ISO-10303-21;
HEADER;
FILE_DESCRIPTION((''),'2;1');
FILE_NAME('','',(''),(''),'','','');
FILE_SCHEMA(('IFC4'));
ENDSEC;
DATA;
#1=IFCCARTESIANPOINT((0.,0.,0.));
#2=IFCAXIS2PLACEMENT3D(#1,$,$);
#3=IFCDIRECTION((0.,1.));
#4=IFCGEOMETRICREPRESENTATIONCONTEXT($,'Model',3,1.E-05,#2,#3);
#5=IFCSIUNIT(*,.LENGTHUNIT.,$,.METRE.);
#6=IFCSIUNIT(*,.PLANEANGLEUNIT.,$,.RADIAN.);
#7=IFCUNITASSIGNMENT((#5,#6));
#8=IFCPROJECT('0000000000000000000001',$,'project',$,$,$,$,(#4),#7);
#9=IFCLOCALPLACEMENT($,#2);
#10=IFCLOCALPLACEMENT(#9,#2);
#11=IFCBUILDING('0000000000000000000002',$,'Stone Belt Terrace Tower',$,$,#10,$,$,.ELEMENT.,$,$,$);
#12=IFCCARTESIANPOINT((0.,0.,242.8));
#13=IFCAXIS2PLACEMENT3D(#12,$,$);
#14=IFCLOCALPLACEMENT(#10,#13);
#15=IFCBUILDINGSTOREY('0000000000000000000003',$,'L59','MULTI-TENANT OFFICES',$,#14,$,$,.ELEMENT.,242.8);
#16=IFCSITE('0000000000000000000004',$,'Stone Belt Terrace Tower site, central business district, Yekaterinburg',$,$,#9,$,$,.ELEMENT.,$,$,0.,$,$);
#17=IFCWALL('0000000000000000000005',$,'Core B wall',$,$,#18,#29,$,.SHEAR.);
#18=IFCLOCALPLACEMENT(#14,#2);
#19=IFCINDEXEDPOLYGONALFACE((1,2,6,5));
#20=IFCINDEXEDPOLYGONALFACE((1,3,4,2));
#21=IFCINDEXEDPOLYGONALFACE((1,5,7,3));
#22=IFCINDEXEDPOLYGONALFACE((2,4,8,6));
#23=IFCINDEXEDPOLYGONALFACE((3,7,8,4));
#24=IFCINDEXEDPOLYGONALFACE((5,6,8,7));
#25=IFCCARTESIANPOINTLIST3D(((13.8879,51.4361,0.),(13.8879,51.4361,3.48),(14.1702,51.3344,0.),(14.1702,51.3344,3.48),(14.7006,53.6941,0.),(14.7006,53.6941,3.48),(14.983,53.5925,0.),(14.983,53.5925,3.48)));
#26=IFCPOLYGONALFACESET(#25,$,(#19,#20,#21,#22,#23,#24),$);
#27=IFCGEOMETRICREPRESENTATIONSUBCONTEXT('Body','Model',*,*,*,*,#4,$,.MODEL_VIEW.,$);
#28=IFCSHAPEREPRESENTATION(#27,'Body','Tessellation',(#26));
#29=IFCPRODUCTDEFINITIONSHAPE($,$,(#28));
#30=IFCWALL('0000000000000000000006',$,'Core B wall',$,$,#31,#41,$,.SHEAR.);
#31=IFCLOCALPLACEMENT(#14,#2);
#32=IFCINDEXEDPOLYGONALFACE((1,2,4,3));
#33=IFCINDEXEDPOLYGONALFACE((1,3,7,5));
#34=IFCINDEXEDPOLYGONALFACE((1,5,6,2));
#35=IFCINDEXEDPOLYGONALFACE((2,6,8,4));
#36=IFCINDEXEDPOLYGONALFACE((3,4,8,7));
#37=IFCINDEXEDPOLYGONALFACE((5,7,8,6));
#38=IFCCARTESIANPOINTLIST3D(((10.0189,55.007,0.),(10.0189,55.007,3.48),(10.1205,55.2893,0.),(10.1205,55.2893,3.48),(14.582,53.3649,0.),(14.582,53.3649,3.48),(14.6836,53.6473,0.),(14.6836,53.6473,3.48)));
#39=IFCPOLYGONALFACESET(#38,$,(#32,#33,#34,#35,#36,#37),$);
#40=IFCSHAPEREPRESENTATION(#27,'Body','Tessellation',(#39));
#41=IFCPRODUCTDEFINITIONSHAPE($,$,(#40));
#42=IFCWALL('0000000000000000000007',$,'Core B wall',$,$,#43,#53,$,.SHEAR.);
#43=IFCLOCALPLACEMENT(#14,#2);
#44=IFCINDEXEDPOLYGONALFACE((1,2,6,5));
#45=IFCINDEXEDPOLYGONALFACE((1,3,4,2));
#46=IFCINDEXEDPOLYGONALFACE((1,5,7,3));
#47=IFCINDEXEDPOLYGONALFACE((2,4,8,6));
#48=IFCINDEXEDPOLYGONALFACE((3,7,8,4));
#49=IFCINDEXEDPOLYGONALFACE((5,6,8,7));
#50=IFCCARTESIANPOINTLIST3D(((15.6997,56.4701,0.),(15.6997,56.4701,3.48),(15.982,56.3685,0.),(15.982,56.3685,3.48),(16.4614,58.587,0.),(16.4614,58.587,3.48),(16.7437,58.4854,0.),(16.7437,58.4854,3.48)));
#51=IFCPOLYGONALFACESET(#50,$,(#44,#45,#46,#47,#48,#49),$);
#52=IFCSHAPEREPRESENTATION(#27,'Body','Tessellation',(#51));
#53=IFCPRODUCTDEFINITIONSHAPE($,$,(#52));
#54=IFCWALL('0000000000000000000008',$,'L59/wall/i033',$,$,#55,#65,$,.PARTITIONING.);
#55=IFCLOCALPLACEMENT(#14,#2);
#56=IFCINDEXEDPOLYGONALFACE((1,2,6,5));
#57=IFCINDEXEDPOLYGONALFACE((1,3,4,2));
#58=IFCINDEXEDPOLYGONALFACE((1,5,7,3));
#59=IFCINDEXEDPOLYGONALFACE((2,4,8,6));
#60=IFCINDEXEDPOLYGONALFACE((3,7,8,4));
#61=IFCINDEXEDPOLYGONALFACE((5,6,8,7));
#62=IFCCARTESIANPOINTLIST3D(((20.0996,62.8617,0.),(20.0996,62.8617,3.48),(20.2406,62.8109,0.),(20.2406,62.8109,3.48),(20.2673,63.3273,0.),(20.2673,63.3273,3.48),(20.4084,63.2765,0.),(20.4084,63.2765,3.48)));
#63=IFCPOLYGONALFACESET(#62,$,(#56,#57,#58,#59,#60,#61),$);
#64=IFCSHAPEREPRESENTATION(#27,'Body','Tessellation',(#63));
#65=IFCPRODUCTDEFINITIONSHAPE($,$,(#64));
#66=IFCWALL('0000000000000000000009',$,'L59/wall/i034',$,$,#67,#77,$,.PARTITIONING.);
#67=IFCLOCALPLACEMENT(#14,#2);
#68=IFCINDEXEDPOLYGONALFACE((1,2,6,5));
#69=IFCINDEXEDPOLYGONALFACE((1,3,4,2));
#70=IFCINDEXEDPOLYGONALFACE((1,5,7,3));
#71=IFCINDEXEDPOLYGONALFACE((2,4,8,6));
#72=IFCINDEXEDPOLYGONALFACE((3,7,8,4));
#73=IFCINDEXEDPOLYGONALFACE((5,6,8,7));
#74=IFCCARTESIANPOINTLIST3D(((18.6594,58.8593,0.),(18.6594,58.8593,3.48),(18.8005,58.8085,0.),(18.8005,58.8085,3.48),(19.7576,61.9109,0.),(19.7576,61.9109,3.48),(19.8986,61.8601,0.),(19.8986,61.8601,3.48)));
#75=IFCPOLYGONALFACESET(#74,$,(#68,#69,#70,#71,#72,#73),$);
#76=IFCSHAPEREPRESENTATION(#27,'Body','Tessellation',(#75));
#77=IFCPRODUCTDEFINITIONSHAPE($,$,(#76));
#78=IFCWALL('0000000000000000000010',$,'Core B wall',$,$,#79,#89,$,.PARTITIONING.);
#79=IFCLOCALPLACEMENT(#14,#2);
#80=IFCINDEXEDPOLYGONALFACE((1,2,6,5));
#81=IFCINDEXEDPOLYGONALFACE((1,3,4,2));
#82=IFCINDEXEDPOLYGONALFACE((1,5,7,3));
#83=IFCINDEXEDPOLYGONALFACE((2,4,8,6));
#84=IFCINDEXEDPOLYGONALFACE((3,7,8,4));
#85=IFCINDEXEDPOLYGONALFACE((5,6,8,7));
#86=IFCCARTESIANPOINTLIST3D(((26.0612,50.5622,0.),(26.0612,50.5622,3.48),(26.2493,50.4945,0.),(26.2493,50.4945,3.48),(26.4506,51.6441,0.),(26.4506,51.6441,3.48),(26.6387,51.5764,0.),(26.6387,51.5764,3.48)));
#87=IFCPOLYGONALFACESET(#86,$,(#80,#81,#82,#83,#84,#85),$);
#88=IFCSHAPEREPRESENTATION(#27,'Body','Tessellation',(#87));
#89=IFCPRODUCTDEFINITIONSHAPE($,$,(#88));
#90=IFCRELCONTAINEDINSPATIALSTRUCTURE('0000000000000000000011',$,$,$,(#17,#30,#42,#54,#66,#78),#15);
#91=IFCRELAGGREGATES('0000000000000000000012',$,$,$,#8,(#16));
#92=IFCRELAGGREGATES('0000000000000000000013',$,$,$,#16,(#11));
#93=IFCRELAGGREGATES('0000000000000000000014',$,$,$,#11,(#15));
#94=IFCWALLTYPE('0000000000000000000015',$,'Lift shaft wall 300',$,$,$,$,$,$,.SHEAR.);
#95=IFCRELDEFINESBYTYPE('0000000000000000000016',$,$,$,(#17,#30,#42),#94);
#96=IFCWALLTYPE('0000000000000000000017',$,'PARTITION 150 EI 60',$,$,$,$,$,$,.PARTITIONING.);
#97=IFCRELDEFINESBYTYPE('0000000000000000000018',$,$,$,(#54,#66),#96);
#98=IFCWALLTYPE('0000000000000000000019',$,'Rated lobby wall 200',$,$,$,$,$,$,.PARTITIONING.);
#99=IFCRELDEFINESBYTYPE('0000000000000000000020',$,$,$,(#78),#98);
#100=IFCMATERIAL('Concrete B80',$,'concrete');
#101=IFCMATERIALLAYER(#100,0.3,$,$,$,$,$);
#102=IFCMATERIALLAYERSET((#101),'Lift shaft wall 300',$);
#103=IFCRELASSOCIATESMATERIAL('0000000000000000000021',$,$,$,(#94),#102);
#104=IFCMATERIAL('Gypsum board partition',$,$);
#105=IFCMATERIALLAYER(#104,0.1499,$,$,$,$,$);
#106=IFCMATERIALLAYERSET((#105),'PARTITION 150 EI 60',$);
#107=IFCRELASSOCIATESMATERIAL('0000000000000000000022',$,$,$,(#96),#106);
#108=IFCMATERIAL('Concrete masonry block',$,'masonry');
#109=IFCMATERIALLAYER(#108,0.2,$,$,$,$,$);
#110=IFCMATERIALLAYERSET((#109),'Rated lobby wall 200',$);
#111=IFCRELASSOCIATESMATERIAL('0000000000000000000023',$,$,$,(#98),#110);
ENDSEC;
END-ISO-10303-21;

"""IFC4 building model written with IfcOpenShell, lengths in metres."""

from ifc_helpers import new_model, si_unit, direction, frame, frame_2d, origin, place, context, subcontext, project, spatial, rectangle, extrude, material, layer, layer_set, type_object, element, save


model = new_model("IFC4")

# Units and contexts
model_context = context("Model", 3, precision=1e-05, world=origin(), true_north=direction((0.0, 1.0)))
body_context = subcontext(model_context, "Body", "Model", "MODEL_VIEW")
ifc_project = project(units=[si_unit("LENGTHUNIT", "METRE"), si_unit("PLANEANGLEUNIT", "RADIAN")], contexts=[model_context])

# Site, building, storey
site_placement = place(None, origin())
site = spatial("IfcSite", under=ifc_project, at=site_placement, Name="Stone Belt Terrace Tower site, central business district, Yekaterinburg", CompositionType="ELEMENT", RefElevation=0.0)
building_placement = place(site_placement, origin())
building = spatial("IfcBuilding", under=site, at=building_placement, Name="Stone Belt Terrace Tower", CompositionType="ELEMENT")
storey_placement = place(building_placement, frame((0.0, 0.0, 242.8)))
storey = spatial("IfcBuildingStorey", under=building, at=storey_placement, Name="L59", Description="MULTI-TENANT OFFICES", CompositionType="ELEMENT", Elevation=242.8)

# Shared definitions
ifc_material_1 = material(Name="Concrete B80", Category="concrete")
ifc_layer_1 = layer(ifc_material_1, 0.3)
ifc_layer_set_1 = layer_set([ifc_layer_1], Name="Lift shaft wall 300")
wall_type_1 = type_object("IfcWallType", Name="Lift shaft wall 300", PredefinedType="SHEAR", material=ifc_layer_set_1)

# Walls
wall_1_placement = place(storey_placement, frame((14.0291, 51.3853, 0.0), z_axis=(0.0, 0.0, 1.0), x_axis=(0.338662, 0.940908, 0.0)))
element("IfcWall", 1, at=wall_1_placement, inside=storey, type_object=wall_type_1, Name="Core B wall", PredefinedType="SHEAR", context=body_context, shape_type="SweptSolid", body=[
    extrude(rectangle(XDim=2.3999, YDim=0.3, at=frame_2d((1.2, 0.0))), origin(), (0.0, 0.0, 1.0), 3.48),
])
wall_2_placement = place(storey_placement, frame((14.6328, 53.5061, 0.0), z_axis=(0.0, 0.0, 1.0), x_axis=(-0.940932, 0.338596, 0.0)))
element("IfcWall", 2, at=wall_2_placement, inside=storey, type_object=wall_type_1, Name="Core B wall", PredefinedType="SHEAR", context=body_context, shape_type="SweptSolid", body=[
    extrude(rectangle(XDim=4.8496, YDim=0.3, at=frame_2d((2.4248, 0.0))), origin(), (0.0, 0.0, 1.0), 3.48),
])
wall_3_placement = place(storey_placement, frame((15.8408, 56.4192, 0.0), z_axis=(0.0, 0.0, 1.0), x_axis=(0.33857, 0.940941, 0.0)))
element("IfcWall", 3, at=wall_3_placement, inside=storey, type_object=wall_type_1, Name="Core B wall", PredefinedType="SHEAR", context=body_context, shape_type="SweptSolid", body=[
    extrude(rectangle(XDim=2.2498, YDim=0.3, at=frame_2d((1.125, 0.0))), origin(), (0.0, 0.0, 1.0), 3.48),
])
ifc_material_2 = material(Name="Gypsum board partition")
ifc_layer_2 = layer(ifc_material_2, 0.1499)
ifc_layer_set_2 = layer_set([ifc_layer_2], Name="PARTITION 150 EI 60")
wall_type_2 = type_object("IfcWallType", Name="PARTITION 150 EI 60", PredefinedType="PARTITIONING", material=ifc_layer_set_2)
wall_4_placement = place(storey_placement, frame((20.3379, 63.302, 0.0), z_axis=(0.0, 0.0, 1.0), x_axis=(-0.338929, -0.940812, 0.0)))
element("IfcWall", 4, at=wall_4_placement, inside=storey, type_object=wall_type_2, Name="L59/wall/i033", PredefinedType="PARTITIONING", context=body_context, shape_type="SweptSolid", body=[
    extrude(rectangle(XDim=0.4949, YDim=0.1499, at=frame_2d((0.2476, 0.0))), origin(), (0.0, 0.0, 1.0), 3.48),
])
wall_5_placement = place(storey_placement, frame((19.8281, 61.8855, 0.0), z_axis=(0.0, 0.0, 1.0), x_axis=(-0.33861, -0.940927, 0.0)))
element("IfcWall", 5, at=wall_5_placement, inside=storey, type_object=wall_type_2, Name="L59/wall/i034", PredefinedType="PARTITIONING", context=body_context, shape_type="SweptSolid", body=[
    extrude(rectangle(XDim=3.2432, YDim=0.1499, at=frame_2d((1.6216, 0.0))), origin(), (0.0, 0.0, 1.0), 3.48),
])
ifc_material_3 = material(Name="Concrete masonry block", Category="masonry")
ifc_layer_3 = layer(ifc_material_3, 0.2)
ifc_layer_set_3 = layer_set([ifc_layer_3], Name="Rated lobby wall 200")
wall_type_3 = type_object("IfcWallType", Name="Rated lobby wall 200", PredefinedType="PARTITIONING", material=ifc_layer_set_3)
wall_6_placement = place(storey_placement, frame((26.1553, 50.5283, 0.0), z_axis=(0.0, 0.0, 1.0), x_axis=(0.338622, 0.940923, 0.0)))
element("IfcWall", 6, at=wall_6_placement, inside=storey, type_object=wall_type_3, Name="Core B wall", PredefinedType="PARTITIONING", context=body_context, shape_type="SweptSolid", body=[
    extrude(rectangle(XDim=1.1499, YDim=0.2, at=frame_2d((0.575, 0.0))), origin(), (0.0, 0.0, 1.0), 3.48),
])

save(model, "model.ifc")
